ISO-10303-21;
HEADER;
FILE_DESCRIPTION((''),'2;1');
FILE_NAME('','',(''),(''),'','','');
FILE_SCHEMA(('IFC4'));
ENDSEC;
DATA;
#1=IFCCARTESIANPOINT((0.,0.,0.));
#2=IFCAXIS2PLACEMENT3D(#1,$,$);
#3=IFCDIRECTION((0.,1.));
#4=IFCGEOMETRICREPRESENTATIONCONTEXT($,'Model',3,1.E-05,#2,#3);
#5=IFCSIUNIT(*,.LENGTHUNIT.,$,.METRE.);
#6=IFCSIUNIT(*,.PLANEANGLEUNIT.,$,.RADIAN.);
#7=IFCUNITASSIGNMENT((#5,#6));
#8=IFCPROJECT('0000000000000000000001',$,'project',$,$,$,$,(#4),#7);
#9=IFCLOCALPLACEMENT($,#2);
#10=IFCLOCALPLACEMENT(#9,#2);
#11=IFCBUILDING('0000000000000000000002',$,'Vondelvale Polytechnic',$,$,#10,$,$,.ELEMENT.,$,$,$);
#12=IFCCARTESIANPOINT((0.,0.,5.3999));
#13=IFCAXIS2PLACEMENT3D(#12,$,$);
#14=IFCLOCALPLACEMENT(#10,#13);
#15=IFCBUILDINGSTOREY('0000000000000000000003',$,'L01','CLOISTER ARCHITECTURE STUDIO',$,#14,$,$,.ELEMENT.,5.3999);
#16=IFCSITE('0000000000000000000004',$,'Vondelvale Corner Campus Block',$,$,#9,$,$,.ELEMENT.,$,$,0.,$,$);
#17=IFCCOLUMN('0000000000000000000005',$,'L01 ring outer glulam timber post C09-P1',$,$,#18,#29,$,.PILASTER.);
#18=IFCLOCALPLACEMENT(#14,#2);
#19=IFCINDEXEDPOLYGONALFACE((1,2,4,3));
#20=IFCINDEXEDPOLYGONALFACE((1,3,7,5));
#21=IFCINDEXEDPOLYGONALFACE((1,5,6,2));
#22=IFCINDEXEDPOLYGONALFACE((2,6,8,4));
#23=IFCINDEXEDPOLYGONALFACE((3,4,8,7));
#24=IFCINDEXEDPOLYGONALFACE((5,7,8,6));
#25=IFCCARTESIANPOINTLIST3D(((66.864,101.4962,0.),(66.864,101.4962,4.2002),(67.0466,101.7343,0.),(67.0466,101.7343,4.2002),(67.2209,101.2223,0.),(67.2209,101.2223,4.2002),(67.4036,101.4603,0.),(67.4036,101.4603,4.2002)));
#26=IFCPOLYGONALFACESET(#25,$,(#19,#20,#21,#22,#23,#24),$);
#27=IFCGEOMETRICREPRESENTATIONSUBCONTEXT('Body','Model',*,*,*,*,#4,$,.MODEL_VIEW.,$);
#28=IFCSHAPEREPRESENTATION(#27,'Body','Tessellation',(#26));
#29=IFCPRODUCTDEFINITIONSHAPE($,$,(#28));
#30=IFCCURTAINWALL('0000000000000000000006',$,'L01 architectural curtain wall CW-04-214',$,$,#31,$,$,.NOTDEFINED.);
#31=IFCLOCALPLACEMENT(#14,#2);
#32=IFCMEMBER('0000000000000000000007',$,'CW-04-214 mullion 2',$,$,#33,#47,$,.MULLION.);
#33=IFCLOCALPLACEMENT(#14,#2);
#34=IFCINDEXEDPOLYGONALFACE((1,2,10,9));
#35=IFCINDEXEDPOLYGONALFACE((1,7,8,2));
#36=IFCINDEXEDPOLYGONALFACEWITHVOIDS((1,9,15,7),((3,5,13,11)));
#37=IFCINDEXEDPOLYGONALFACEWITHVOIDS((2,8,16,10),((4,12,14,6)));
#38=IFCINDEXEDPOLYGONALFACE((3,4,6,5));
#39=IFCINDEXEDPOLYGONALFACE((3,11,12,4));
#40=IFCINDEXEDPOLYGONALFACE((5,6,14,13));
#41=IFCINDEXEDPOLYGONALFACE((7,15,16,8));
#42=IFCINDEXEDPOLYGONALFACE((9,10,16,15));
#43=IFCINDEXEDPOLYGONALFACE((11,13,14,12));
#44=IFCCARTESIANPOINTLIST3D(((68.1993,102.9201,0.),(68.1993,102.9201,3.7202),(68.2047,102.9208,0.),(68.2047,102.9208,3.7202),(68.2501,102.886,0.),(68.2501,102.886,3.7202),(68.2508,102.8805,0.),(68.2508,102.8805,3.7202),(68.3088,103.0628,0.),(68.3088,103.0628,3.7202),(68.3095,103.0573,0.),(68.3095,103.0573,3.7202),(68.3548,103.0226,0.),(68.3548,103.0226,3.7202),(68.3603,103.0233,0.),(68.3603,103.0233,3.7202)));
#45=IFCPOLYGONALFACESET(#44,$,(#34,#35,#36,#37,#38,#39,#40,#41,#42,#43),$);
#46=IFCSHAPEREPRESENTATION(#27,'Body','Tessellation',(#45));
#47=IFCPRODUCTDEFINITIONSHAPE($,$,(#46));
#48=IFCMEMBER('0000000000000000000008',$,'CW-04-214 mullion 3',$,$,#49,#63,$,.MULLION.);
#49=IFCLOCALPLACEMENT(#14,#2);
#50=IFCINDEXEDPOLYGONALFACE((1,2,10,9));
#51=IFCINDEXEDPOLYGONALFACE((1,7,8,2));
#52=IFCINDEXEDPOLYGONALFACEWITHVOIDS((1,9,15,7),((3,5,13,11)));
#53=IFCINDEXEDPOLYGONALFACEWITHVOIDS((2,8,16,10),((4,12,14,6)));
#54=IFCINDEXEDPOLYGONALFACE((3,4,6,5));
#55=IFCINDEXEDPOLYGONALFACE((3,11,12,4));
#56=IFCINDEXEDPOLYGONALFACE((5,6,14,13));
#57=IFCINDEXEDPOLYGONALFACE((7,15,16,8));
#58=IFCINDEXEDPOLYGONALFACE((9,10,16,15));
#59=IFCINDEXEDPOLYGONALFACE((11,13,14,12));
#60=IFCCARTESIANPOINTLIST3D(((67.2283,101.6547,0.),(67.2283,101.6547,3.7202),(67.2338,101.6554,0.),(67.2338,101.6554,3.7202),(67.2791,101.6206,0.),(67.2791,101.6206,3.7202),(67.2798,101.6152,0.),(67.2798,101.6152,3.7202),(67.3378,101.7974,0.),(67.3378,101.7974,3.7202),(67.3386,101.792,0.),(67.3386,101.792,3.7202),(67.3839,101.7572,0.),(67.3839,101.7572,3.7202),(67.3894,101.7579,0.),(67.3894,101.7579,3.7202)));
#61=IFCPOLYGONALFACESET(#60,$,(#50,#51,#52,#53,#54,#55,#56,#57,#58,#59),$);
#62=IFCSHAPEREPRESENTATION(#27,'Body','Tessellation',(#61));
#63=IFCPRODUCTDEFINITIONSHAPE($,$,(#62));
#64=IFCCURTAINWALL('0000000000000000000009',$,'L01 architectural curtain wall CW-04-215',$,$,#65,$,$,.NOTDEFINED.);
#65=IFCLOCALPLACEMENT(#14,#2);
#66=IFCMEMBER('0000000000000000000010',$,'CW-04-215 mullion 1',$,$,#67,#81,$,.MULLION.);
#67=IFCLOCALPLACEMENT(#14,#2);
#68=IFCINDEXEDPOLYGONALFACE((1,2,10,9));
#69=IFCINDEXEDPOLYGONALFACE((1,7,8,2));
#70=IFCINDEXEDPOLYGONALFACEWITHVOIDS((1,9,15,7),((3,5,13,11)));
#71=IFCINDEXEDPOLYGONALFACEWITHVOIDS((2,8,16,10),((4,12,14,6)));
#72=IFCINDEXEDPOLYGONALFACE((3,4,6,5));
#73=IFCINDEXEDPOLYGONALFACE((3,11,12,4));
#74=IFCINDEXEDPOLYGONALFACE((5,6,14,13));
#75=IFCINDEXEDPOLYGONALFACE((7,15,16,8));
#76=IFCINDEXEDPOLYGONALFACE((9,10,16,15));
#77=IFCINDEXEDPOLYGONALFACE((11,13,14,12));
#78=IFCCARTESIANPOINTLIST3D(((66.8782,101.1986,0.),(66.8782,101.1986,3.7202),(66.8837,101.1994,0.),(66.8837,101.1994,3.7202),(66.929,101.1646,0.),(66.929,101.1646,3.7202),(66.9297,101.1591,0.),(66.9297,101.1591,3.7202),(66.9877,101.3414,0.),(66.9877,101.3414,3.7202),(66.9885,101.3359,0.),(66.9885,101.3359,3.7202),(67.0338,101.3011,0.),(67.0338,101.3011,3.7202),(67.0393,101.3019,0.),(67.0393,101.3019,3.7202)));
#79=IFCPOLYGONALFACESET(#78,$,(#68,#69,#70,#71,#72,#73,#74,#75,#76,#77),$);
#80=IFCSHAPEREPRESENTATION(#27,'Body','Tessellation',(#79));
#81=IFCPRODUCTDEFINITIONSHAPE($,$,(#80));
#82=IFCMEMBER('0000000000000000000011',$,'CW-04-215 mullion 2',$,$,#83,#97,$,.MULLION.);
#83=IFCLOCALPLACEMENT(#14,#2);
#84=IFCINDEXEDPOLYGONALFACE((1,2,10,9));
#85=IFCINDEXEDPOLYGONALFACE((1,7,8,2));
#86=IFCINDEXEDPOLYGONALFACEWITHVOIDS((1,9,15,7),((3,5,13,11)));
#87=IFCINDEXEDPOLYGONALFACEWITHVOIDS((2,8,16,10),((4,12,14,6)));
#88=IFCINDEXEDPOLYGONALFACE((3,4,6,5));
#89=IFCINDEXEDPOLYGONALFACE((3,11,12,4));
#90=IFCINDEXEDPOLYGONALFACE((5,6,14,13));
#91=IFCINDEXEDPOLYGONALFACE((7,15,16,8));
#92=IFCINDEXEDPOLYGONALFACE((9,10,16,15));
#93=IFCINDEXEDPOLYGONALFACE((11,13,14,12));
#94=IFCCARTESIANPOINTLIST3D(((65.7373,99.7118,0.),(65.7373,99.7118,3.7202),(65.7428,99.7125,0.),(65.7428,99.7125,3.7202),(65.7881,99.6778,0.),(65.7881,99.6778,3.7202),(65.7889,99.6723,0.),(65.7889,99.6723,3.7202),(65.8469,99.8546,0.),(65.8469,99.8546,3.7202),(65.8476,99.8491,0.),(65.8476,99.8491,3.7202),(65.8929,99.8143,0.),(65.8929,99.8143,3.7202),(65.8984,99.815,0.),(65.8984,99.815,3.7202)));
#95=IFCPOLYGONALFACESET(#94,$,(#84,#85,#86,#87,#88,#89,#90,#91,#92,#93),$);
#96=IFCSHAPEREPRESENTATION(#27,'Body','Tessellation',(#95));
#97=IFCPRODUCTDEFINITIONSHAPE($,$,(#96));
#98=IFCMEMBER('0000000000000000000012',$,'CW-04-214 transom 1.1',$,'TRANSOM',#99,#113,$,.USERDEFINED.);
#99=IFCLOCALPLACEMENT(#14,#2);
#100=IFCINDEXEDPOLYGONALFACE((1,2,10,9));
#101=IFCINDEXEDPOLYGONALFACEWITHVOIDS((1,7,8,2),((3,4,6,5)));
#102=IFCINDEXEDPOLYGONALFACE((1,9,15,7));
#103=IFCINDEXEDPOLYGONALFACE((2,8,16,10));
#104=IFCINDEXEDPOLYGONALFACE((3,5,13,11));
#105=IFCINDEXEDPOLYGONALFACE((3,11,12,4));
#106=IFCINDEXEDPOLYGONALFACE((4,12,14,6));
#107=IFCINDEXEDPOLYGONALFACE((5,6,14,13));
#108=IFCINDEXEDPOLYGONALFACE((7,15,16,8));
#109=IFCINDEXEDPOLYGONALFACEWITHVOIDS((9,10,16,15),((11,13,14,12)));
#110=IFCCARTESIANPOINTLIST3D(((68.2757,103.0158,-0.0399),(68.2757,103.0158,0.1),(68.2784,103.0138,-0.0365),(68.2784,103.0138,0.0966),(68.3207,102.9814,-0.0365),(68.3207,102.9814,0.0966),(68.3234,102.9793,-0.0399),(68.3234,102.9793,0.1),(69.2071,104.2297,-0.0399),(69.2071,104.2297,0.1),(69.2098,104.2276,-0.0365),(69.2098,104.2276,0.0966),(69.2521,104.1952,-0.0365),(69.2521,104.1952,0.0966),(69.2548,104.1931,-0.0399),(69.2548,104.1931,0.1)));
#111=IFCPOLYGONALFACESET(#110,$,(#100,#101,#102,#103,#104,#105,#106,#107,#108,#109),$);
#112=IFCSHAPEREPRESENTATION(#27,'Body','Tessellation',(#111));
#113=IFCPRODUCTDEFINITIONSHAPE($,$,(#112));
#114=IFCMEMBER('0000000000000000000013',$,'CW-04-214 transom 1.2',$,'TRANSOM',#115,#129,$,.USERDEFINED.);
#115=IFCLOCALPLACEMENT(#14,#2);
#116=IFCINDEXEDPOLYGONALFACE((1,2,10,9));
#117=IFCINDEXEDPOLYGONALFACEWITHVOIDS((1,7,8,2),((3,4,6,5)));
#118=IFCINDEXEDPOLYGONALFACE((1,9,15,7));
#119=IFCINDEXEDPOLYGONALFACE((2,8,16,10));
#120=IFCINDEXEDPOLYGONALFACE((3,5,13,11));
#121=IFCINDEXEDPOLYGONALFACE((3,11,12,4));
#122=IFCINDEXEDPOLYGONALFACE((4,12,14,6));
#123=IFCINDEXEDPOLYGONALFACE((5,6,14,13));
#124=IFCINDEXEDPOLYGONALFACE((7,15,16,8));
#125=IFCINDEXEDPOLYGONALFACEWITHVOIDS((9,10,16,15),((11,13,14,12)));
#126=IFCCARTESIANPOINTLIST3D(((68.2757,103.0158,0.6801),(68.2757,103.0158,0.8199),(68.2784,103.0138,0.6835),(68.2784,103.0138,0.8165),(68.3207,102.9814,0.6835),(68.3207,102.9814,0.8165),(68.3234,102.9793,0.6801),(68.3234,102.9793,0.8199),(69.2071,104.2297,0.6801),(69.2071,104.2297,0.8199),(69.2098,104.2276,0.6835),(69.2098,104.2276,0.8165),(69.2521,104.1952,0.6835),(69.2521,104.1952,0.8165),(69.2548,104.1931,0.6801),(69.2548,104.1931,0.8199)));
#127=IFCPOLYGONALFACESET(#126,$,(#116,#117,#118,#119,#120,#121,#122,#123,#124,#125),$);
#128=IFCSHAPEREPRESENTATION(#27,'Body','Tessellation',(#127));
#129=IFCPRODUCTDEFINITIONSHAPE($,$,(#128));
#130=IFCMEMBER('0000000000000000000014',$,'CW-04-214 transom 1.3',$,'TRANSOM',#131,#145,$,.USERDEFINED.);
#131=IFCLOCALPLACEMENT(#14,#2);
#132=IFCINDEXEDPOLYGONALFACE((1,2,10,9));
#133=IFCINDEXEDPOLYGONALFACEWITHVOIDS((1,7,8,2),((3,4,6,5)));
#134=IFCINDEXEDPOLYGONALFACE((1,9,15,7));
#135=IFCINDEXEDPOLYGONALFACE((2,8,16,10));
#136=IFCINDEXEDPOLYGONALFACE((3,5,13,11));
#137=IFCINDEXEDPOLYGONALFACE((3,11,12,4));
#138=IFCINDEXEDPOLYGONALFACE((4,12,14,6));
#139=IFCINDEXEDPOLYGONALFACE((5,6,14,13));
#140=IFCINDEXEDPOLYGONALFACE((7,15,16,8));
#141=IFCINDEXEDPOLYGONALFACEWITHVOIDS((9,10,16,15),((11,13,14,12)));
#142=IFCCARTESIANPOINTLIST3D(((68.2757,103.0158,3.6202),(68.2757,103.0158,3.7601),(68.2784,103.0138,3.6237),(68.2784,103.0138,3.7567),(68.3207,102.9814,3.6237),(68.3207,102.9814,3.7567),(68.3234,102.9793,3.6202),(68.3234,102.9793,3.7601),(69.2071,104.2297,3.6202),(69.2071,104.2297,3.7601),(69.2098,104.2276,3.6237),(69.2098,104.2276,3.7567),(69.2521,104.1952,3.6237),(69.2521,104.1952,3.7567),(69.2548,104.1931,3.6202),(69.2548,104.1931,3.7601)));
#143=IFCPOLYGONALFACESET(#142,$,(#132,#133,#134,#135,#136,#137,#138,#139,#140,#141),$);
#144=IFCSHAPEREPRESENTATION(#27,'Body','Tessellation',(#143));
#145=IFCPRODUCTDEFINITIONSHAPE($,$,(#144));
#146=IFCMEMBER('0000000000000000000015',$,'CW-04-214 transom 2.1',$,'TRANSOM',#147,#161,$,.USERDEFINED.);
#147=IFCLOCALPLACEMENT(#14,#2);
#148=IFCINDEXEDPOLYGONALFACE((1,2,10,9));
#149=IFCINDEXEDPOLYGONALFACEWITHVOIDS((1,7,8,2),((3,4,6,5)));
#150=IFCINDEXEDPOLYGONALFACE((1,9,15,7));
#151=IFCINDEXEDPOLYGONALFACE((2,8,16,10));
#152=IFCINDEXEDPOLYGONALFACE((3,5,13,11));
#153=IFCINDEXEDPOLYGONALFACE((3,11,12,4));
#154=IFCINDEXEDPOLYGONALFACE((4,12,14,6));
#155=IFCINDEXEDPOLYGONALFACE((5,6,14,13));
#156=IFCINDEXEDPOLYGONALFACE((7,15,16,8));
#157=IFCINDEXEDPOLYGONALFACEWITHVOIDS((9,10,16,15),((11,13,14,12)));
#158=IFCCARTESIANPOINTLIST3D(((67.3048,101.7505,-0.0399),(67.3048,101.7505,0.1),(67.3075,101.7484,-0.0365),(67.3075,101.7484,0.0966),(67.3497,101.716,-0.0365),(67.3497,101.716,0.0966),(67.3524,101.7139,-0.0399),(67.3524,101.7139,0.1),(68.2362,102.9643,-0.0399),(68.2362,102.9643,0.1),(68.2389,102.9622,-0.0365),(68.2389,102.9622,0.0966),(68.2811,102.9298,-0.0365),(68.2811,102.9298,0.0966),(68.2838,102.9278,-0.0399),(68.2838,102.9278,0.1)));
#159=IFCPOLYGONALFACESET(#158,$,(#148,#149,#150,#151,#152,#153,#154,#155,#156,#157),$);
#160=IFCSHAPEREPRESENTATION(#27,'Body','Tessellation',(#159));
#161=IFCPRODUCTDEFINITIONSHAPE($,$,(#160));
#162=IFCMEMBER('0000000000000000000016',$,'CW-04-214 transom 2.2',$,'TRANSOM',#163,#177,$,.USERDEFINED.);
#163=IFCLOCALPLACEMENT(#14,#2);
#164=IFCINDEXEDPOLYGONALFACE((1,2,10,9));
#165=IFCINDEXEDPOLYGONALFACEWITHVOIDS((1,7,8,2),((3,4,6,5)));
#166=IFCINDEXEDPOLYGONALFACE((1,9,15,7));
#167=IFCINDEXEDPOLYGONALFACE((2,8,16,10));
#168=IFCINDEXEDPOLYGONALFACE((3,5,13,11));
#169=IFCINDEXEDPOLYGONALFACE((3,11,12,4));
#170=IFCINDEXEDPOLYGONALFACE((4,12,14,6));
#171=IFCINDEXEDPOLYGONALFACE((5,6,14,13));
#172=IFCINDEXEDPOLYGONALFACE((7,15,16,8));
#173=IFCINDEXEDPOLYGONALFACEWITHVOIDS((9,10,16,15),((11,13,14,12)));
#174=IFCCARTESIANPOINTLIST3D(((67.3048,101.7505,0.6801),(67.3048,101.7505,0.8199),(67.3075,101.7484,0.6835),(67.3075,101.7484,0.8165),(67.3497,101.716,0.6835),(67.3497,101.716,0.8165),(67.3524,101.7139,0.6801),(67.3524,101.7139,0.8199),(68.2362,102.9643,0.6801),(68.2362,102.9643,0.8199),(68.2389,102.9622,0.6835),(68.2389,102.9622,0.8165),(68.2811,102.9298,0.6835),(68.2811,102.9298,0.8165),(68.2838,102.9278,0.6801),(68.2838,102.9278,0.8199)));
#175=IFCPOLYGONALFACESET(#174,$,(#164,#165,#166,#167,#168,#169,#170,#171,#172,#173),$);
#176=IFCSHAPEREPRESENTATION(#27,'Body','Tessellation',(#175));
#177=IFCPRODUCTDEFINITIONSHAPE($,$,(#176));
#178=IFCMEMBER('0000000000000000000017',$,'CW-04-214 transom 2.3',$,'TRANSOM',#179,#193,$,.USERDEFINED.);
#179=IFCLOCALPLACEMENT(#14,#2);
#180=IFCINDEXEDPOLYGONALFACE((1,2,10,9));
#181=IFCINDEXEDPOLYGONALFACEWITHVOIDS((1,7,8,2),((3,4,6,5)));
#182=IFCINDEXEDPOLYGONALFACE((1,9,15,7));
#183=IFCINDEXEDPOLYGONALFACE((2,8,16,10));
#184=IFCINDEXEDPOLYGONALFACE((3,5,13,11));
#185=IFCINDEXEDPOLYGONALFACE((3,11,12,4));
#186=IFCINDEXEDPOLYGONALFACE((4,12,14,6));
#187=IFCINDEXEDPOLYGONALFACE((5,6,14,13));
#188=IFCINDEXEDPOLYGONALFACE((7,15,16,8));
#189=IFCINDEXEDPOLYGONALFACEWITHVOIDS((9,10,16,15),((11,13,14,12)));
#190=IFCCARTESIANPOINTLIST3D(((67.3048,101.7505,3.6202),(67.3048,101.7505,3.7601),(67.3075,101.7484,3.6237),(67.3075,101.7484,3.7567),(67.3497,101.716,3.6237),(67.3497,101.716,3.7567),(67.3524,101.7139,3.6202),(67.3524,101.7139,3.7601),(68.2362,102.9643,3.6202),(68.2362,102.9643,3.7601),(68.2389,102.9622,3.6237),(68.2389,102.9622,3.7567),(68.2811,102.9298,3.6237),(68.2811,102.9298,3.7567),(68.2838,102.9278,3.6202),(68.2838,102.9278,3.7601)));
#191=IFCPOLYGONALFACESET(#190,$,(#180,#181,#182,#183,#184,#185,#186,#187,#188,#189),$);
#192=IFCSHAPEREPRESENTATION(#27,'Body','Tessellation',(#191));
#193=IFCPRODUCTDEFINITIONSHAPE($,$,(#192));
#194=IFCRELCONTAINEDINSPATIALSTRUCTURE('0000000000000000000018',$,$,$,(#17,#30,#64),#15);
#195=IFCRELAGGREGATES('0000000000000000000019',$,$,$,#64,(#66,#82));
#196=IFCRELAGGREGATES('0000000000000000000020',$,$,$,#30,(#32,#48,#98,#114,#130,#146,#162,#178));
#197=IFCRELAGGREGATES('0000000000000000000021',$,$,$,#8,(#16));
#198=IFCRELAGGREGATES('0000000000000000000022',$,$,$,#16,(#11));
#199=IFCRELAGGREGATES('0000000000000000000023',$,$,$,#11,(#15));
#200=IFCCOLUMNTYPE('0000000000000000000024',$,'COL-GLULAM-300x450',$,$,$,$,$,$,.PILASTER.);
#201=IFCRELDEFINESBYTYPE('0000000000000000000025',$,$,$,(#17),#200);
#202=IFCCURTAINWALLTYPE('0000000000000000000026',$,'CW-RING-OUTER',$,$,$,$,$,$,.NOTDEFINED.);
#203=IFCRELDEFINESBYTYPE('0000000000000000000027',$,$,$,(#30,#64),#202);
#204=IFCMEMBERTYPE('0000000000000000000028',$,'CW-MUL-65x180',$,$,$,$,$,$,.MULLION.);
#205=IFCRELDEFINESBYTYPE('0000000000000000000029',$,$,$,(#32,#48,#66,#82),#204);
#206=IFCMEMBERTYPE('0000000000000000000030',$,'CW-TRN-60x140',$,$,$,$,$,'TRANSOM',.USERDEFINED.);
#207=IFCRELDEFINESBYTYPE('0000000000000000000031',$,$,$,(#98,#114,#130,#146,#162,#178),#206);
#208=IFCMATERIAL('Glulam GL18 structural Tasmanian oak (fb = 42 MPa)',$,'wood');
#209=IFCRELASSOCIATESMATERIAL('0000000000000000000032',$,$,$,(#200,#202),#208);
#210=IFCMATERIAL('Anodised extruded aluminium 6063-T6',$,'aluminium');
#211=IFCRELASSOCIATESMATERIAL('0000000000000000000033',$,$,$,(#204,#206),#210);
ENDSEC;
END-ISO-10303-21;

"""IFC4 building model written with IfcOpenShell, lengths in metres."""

from ifc_helpers import new_model, si_unit, direction, frame, origin, origin_2d, place, context, subcontext, project, spatial, rectangle, hollow_rectangle, extrude, material, material_profile, profile_set, type_object, element, aggregate, save


model = new_model("IFC4")

# Units and contexts
model_context = context("Model", 3, precision=1e-05, world=origin(), true_north=direction((0.0, 1.0)))
body_context = subcontext(model_context, "Body", "Model", "MODEL_VIEW")
ifc_project = project(units=[si_unit("LENGTHUNIT", "METRE"), si_unit("PLANEANGLEUNIT", "RADIAN")], contexts=[model_context])

# Site, building, storey
site_placement = place(None, origin())
site = spatial("IfcSite", under=ifc_project, at=site_placement, Name="Vondelvale Corner Campus Block", CompositionType="ELEMENT", RefElevation=0.0)
building_placement = place(site_placement, origin())
building = spatial("IfcBuilding", under=site, at=building_placement, Name="Vondelvale Polytechnic", CompositionType="ELEMENT")
storey_placement = place(building_placement, frame((0.0, 0.0, 5.3999)))
storey = spatial("IfcBuildingStorey", under=building, at=storey_placement, Name="L01", Description="CLOISTER ARCHITECTURE STUDIO", CompositionType="ELEMENT", Elevation=5.3999)

# Column
ifc_material_1 = material(Name="Glulam GL18 structural Tasmanian oak (fb = 42 MPa)", Category="wood")
ifc_material_profile_1 = material_profile(ifc_material_1, rectangle(XDim=0.3, YDim=0.45, at=origin_2d()), Name="GL-POST-300x450")
ifc_profile_set_1 = profile_set([ifc_material_profile_1], Name="Glulam GL18 structural Tasmanian oak (fb = 42 MPa)")
column_type = type_object("IfcColumnType", Name="COL-GLULAM-300x450", PredefinedType="PILASTER", material=ifc_profile_set_1)
column_placement = place(storey_placement, frame((67.1338, 101.4783, 0.0), z_axis=(0.0, 0.0, 1.0), x_axis=(0.608761, 0.793353, 0.0)))
element("IfcColumn", 1, at=column_placement, inside=storey, type_object=column_type, Name="L01 ring outer glulam timber post C09-P1", PredefinedType="PILASTER", context=body_context, shape_type="SweptSolid", body=[
    extrude(rectangle(XDim=0.3, YDim=0.45, at=origin_2d()), origin(), (0.0, 0.0, 1.0), 4.2002),
])

# Curtain walls, members
curtain_wall_type = type_object("IfcCurtainWallType", Name="CW-RING-OUTER", PredefinedType="NOTDEFINED", material=ifc_material_1)
curtain_wall_1_placement = place(storey_placement, origin())
curtain_wall_1 = element("IfcCurtainWall", 2, at=curtain_wall_1_placement, inside=storey, type_object=curtain_wall_type, Name="L01 architectural curtain wall CW-04-214", PredefinedType="NOTDEFINED")
ifc_material_2 = material(Name="Anodised extruded aluminium 6063-T6", Category="aluminium")
ifc_material_profile_2 = material_profile(ifc_material_2, hollow_rectangle(XDim=0.0649, YDim=0.1799, WallThickness=0.0039, at=origin_2d()), Name="CW-MUL-180x65")
ifc_profile_set_2 = profile_set([ifc_material_profile_2], Name="Anodised extruded aluminium 6063-T6")
member_type_1 = type_object("IfcMemberType", Name="CW-MUL-65x180", PredefinedType="MULLION", material=ifc_profile_set_2)
member_1_placement = place(storey_placement, frame((68.2798, 102.9717, 0.0), z_axis=(0.0, 0.0, 1.0), x_axis=(0.793334, -0.608787, 0.0)))
member_1 = element("IfcMember", 3, at=member_1_placement, type_object=member_type_1, Name="CW-04-214 mullion 2", PredefinedType="MULLION", context=body_context, shape_type="SweptSolid", body=[
    extrude(hollow_rectangle(XDim=0.0649, YDim=0.1799, WallThickness=0.0039, at=origin_2d()), origin(), (0.0, 0.0, 1.0), 3.7202),
])
member_2_placement = place(storey_placement, frame((67.3088, 101.7063, 0.0), z_axis=(0.0, 0.0, 1.0), x_axis=(0.793334, -0.608787, 0.0)))
member_2 = element("IfcMember", 4, at=member_2_placement, type_object=member_type_1, Name="CW-04-214 mullion 3", PredefinedType="MULLION", context=body_context, shape_type="SweptSolid", body=[
    extrude(hollow_rectangle(XDim=0.0649, YDim=0.1799, WallThickness=0.0039, at=origin_2d()), origin(), (0.0, 0.0, 1.0), 3.7202),
])
curtain_wall_2_placement = place(storey_placement, origin())
curtain_wall_2 = element("IfcCurtainWall", 5, at=curtain_wall_2_placement, inside=storey, type_object=curtain_wall_type, Name="L01 architectural curtain wall CW-04-215", PredefinedType="NOTDEFINED")
member_3_placement = place(storey_placement, frame((66.9587, 101.2502, 0.0), z_axis=(0.0, 0.0, 1.0), x_axis=(0.793346, -0.608771, 0.0)))
member_3 = element("IfcMember", 6, at=member_3_placement, type_object=member_type_1, Name="CW-04-215 mullion 1", PredefinedType="MULLION", context=body_context, shape_type="SweptSolid", body=[
    extrude(hollow_rectangle(XDim=0.0649, YDim=0.1799, WallThickness=0.0039, at=origin_2d()), origin(), (0.0, 0.0, 1.0), 3.7202),
])
member_4_placement = place(storey_placement, frame((65.8179, 99.7634, 0.0), z_axis=(0.0, 0.0, 1.0), x_axis=(0.793346, -0.608771, 0.0)))
member_4 = element("IfcMember", 7, at=member_4_placement, type_object=member_type_1, Name="CW-04-215 mullion 2", PredefinedType="MULLION", context=body_context, shape_type="SweptSolid", body=[
    extrude(hollow_rectangle(XDim=0.0649, YDim=0.1799, WallThickness=0.0039, at=origin_2d()), origin(), (0.0, 0.0, 1.0), 3.7202),
])

# Members
ifc_material_profile_3 = material_profile(ifc_material_2, hollow_rectangle(XDim=0.0601, YDim=0.1399, WallThickness=0.0034, at=origin_2d()), Name="CW-TRN-140x60")
ifc_profile_set_3 = profile_set([ifc_material_profile_3], Name="Anodised extruded aluminium 6063-T6")
member_type_2 = type_object("IfcMemberType", Name="CW-TRN-60x140", ElementType="TRANSOM", PredefinedType="USERDEFINED", material=ifc_profile_set_3)
member_5_placement = place(storey_placement, frame((69.231, 104.2114, 0.03), z_axis=(-0.608746, -0.793365, 0.0), x_axis=(0.793365, -0.608746, 0.0)))
member_5 = element("IfcMember", 8, at=member_5_placement, type_object=member_type_2, Name="CW-04-214 transom 1.1", ObjectType="TRANSOM", PredefinedType="USERDEFINED", context=body_context, shape_type="SweptSolid", body=[
    extrude(hollow_rectangle(XDim=0.0601, YDim=0.1399, WallThickness=0.0034, at=origin_2d()), origin(), (0.0, 0.0, 1.0), 1.53),
])
member_6_placement = place(storey_placement, frame((69.231, 104.2114, 0.75), z_axis=(-0.608746, -0.793365, 0.0), x_axis=(0.793365, -0.608746, 0.0)))
member_6 = element("IfcMember", 9, at=member_6_placement, type_object=member_type_2, Name="CW-04-214 transom 1.2", ObjectType="TRANSOM", PredefinedType="USERDEFINED", context=body_context, shape_type="SweptSolid", body=[
    extrude(hollow_rectangle(XDim=0.0601, YDim=0.1399, WallThickness=0.0034, at=origin_2d()), origin(), (0.0, 0.0, 1.0), 1.53),
])
member_7_placement = place(storey_placement, frame((69.231, 104.2114, 3.6902), z_axis=(-0.608746, -0.793365, 0.0), x_axis=(0.793365, -0.608746, 0.0)))
member_7 = element("IfcMember", 10, at=member_7_placement, type_object=member_type_2, Name="CW-04-214 transom 1.3", ObjectType="TRANSOM", PredefinedType="USERDEFINED", context=body_context, shape_type="SweptSolid", body=[
    extrude(hollow_rectangle(XDim=0.0601, YDim=0.1399, WallThickness=0.0034, at=origin_2d()), origin(), (0.0, 0.0, 1.0), 1.53),
])
member_8_placement = place(storey_placement, frame((68.26, 102.946, 0.03), z_axis=(-0.608746, -0.793365, 0.0), x_axis=(0.793365, -0.608746, 0.0)))
member_8 = element("IfcMember", 11, at=member_8_placement, type_object=member_type_2, Name="CW-04-214 transom 2.1", ObjectType="TRANSOM", PredefinedType="USERDEFINED", context=body_context, shape_type="SweptSolid", body=[
    extrude(hollow_rectangle(XDim=0.0601, YDim=0.1399, WallThickness=0.0034, at=origin_2d()), origin(), (0.0, 0.0, 1.0), 1.53),
])
member_9_placement = place(storey_placement, frame((68.26, 102.946, 0.75), z_axis=(-0.608746, -0.793365, 0.0), x_axis=(0.793365, -0.608746, 0.0)))
member_9 = element("IfcMember", 12, at=member_9_placement, type_object=member_type_2, Name="CW-04-214 transom 2.2", ObjectType="TRANSOM", PredefinedType="USERDEFINED", context=body_context, shape_type="SweptSolid", body=[
    extrude(hollow_rectangle(XDim=0.0601, YDim=0.1399, WallThickness=0.0034, at=origin_2d()), origin(), (0.0, 0.0, 1.0), 1.53),
])
member_10_placement = place(storey_placement, frame((68.26, 102.946, 3.6902), z_axis=(-0.608746, -0.793365, 0.0), x_axis=(0.793365, -0.608746, 0.0)))
member_10 = element("IfcMember", 13, at=member_10_placement, type_object=member_type_2, Name="CW-04-214 transom 2.3", ObjectType="TRANSOM", PredefinedType="USERDEFINED", context=body_context, shape_type="SweptSolid", body=[
    extrude(hollow_rectangle(XDim=0.0601, YDim=0.1399, WallThickness=0.0034, at=origin_2d()), origin(), (0.0, 0.0, 1.0), 1.53),
])

aggregate(curtain_wall_2, [member_3, member_4])
aggregate(curtain_wall_1, [member_1, member_2, member_5, member_6, member_7, member_8, member_9, member_10])

save(model, "model.ifc")
